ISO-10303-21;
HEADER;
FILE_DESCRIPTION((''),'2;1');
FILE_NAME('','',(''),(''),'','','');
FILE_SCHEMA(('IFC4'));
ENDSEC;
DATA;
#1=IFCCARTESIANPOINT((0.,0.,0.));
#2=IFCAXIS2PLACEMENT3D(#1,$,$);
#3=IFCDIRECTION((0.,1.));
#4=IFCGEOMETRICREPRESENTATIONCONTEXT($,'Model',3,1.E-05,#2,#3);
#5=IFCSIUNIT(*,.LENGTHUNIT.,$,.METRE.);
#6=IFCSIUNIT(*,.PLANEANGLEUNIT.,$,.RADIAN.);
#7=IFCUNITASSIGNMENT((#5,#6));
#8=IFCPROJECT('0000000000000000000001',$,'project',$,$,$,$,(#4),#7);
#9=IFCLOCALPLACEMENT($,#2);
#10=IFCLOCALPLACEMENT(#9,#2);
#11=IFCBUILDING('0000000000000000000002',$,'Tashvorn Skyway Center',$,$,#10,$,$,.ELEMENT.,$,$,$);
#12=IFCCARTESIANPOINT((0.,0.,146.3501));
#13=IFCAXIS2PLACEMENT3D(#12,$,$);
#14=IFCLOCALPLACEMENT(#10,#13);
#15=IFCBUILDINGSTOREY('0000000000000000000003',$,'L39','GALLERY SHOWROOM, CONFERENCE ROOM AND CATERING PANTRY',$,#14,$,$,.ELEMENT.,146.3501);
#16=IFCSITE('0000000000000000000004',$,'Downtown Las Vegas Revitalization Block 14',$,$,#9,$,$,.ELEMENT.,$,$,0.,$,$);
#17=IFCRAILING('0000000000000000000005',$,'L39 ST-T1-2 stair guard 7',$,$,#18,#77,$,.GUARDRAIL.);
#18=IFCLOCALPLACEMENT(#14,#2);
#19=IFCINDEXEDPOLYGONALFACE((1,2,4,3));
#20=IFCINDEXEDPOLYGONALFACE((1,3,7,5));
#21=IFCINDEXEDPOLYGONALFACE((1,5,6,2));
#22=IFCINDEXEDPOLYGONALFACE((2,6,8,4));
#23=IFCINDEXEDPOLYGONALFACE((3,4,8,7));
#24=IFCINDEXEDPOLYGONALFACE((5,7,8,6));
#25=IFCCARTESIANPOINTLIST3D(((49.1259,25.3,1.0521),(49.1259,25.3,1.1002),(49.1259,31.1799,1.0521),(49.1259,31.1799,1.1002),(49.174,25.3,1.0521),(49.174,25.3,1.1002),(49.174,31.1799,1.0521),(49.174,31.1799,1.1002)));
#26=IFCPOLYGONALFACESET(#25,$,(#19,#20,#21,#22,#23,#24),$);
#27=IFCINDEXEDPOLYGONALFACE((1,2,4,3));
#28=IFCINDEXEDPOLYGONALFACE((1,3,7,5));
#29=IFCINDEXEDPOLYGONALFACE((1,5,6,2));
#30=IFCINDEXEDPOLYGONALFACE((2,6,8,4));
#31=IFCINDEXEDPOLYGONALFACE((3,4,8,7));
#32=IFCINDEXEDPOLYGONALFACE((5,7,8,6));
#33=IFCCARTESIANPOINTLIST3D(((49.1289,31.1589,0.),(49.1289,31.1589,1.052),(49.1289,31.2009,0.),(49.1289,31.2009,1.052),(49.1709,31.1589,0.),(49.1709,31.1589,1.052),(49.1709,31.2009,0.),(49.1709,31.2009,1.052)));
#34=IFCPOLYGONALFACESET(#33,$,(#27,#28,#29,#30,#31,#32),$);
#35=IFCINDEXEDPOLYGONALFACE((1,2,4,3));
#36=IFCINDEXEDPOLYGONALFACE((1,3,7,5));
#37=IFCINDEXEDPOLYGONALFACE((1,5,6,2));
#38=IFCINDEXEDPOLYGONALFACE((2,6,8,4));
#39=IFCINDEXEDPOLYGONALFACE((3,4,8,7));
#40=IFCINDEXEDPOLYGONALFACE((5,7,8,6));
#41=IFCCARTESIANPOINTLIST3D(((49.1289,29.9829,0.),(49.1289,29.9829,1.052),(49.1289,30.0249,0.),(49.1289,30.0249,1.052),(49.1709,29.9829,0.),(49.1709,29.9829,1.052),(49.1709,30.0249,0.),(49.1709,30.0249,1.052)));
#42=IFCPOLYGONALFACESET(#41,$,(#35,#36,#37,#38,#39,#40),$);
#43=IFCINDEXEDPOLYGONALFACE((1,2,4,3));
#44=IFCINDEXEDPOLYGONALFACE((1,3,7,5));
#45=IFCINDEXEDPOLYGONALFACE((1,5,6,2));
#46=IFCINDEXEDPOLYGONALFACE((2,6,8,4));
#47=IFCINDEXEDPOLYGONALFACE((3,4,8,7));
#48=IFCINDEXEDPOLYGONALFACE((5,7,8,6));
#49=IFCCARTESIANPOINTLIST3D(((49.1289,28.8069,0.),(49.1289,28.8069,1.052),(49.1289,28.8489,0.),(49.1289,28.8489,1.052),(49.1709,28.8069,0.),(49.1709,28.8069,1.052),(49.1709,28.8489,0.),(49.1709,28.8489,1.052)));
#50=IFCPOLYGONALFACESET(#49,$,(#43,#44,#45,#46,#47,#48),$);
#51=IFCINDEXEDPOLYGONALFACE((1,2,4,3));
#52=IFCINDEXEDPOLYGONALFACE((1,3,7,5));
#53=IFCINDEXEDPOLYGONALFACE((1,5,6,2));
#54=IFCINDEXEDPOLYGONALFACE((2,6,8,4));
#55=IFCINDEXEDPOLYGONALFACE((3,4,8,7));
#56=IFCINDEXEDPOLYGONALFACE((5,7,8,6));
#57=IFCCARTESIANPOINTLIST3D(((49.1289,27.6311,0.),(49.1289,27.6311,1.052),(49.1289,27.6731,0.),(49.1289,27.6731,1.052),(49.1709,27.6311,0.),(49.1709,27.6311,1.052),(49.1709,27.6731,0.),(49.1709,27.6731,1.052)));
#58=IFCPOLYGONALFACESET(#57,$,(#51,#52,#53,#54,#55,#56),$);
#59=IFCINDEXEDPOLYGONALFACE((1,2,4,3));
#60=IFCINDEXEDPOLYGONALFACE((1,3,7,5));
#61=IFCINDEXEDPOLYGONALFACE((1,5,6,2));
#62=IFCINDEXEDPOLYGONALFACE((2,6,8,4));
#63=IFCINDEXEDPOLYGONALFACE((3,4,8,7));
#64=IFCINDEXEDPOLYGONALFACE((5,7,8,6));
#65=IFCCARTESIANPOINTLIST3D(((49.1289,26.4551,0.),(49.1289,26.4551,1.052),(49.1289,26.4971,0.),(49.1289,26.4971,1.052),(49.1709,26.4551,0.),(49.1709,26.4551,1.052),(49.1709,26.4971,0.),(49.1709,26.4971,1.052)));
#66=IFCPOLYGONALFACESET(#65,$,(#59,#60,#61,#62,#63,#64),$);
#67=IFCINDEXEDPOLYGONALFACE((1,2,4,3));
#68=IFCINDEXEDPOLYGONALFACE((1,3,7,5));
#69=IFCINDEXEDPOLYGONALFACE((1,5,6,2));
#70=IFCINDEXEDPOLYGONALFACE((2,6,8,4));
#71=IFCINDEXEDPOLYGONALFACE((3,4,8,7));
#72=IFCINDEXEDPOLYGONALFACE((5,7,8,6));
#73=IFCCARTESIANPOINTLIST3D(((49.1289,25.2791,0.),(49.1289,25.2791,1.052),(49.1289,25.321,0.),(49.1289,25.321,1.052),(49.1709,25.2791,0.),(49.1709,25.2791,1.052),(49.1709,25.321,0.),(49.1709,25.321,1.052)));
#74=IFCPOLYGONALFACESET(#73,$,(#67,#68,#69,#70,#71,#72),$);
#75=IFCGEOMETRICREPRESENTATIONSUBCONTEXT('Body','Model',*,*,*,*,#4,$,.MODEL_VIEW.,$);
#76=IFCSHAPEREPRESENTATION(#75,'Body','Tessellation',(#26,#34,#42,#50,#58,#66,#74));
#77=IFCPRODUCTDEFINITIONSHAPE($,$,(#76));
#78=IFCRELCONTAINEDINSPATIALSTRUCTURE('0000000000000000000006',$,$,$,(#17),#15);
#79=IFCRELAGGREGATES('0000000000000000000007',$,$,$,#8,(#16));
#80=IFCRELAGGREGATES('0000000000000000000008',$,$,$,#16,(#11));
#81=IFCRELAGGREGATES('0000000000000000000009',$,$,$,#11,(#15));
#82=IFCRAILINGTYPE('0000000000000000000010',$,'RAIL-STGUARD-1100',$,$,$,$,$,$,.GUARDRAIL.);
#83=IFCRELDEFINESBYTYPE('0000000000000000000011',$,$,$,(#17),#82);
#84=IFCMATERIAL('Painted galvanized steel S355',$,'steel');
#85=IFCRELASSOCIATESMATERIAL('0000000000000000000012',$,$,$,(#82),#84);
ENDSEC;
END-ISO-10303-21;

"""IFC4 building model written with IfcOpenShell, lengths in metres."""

from ifc_helpers import new_model, si_unit, direction, frame, origin, origin_2d, place, context, subcontext, project, spatial, rectangle, extrude, material, type_object, element, save


model = new_model("IFC4")

# Units and contexts
model_context = context("Model", 3, precision=1e-05, world=origin(), true_north=direction((0.0, 1.0)))
body_context = subcontext(model_context, "Body", "Model", "MODEL_VIEW")
ifc_project = project(units=[si_unit("LENGTHUNIT", "METRE"), si_unit("PLANEANGLEUNIT", "RADIAN")], contexts=[model_context])

# Site, building, storey
site_placement = place(None, origin())
site = spatial("IfcSite", under=ifc_project, at=site_placement, Name="Downtown Las Vegas Revitalization Block 14", CompositionType="ELEMENT", RefElevation=0.0)
building_placement = place(site_placement, origin())
building = spatial("IfcBuilding", under=site, at=building_placement, Name="Tashvorn Skyway Center", CompositionType="ELEMENT")
storey_placement = place(building_placement, frame((0.0, 0.0, 146.3501)))
storey = spatial("IfcBuildingStorey", under=building, at=storey_placement, Name="L39", Description="GALLERY SHOWROOM, CONFERENCE ROOM AND CATERING PANTRY", CompositionType="ELEMENT", Elevation=146.3501)

# Railing
ifc_material_1 = material(Name="Painted galvanized steel S355", Category="steel")
railing_type_1 = type_object("IfcRailingType", Name="RAIL-STGUARD-1100", PredefinedType="GUARDRAIL", material=ifc_material_1)
railing_1_placement = place(storey_placement, frame((49.1499, 31.1799, 0.0)))
element("IfcRailing", 1, at=railing_1_placement, inside=storey, type_object=railing_type_1, Name="L39 ST-T1-2 stair guard 7", PredefinedType="GUARDRAIL", context=body_context, shape_type="SweptSolid", body=[
    extrude(rectangle(XDim=0.0481, YDim=0.0481, at=origin_2d()), frame((0.0, 0.0, 1.0762), z_axis=(0.0, -1.0, 0.0), x_axis=(1.0, 0.0, 0.0)), (0.0, 0.0, 1.0), 5.8799),
    extrude(rectangle(XDim=0.042, YDim=0.042, at=origin_2d()), origin(), (0.0, 0.0, 1.0), 1.052),
    extrude(rectangle(XDim=0.042, YDim=0.042, at=origin_2d()), frame((0.0, -1.176, 0.0)), (0.0, 0.0, 1.0), 1.052),
    extrude(rectangle(XDim=0.042, YDim=0.042, at=origin_2d()), frame((0.0, -2.3521, 0.0)), (0.0, 0.0, 1.0), 1.052),
    extrude(rectangle(XDim=0.042, YDim=0.042, at=origin_2d()), frame((0.0, -3.5278, 0.0)), (0.0, 0.0, 1.0), 1.052),
    extrude(rectangle(XDim=0.042, YDim=0.042, at=origin_2d()), frame((0.0, -4.7039, 0.0)), (0.0, 0.0, 1.0), 1.052),
    extrude(rectangle(XDim=0.042, YDim=0.042, at=origin_2d()), frame((0.0, -5.8799, 0.0)), (0.0, 0.0, 1.0), 1.052),
])

save(model, "model.ifc")
